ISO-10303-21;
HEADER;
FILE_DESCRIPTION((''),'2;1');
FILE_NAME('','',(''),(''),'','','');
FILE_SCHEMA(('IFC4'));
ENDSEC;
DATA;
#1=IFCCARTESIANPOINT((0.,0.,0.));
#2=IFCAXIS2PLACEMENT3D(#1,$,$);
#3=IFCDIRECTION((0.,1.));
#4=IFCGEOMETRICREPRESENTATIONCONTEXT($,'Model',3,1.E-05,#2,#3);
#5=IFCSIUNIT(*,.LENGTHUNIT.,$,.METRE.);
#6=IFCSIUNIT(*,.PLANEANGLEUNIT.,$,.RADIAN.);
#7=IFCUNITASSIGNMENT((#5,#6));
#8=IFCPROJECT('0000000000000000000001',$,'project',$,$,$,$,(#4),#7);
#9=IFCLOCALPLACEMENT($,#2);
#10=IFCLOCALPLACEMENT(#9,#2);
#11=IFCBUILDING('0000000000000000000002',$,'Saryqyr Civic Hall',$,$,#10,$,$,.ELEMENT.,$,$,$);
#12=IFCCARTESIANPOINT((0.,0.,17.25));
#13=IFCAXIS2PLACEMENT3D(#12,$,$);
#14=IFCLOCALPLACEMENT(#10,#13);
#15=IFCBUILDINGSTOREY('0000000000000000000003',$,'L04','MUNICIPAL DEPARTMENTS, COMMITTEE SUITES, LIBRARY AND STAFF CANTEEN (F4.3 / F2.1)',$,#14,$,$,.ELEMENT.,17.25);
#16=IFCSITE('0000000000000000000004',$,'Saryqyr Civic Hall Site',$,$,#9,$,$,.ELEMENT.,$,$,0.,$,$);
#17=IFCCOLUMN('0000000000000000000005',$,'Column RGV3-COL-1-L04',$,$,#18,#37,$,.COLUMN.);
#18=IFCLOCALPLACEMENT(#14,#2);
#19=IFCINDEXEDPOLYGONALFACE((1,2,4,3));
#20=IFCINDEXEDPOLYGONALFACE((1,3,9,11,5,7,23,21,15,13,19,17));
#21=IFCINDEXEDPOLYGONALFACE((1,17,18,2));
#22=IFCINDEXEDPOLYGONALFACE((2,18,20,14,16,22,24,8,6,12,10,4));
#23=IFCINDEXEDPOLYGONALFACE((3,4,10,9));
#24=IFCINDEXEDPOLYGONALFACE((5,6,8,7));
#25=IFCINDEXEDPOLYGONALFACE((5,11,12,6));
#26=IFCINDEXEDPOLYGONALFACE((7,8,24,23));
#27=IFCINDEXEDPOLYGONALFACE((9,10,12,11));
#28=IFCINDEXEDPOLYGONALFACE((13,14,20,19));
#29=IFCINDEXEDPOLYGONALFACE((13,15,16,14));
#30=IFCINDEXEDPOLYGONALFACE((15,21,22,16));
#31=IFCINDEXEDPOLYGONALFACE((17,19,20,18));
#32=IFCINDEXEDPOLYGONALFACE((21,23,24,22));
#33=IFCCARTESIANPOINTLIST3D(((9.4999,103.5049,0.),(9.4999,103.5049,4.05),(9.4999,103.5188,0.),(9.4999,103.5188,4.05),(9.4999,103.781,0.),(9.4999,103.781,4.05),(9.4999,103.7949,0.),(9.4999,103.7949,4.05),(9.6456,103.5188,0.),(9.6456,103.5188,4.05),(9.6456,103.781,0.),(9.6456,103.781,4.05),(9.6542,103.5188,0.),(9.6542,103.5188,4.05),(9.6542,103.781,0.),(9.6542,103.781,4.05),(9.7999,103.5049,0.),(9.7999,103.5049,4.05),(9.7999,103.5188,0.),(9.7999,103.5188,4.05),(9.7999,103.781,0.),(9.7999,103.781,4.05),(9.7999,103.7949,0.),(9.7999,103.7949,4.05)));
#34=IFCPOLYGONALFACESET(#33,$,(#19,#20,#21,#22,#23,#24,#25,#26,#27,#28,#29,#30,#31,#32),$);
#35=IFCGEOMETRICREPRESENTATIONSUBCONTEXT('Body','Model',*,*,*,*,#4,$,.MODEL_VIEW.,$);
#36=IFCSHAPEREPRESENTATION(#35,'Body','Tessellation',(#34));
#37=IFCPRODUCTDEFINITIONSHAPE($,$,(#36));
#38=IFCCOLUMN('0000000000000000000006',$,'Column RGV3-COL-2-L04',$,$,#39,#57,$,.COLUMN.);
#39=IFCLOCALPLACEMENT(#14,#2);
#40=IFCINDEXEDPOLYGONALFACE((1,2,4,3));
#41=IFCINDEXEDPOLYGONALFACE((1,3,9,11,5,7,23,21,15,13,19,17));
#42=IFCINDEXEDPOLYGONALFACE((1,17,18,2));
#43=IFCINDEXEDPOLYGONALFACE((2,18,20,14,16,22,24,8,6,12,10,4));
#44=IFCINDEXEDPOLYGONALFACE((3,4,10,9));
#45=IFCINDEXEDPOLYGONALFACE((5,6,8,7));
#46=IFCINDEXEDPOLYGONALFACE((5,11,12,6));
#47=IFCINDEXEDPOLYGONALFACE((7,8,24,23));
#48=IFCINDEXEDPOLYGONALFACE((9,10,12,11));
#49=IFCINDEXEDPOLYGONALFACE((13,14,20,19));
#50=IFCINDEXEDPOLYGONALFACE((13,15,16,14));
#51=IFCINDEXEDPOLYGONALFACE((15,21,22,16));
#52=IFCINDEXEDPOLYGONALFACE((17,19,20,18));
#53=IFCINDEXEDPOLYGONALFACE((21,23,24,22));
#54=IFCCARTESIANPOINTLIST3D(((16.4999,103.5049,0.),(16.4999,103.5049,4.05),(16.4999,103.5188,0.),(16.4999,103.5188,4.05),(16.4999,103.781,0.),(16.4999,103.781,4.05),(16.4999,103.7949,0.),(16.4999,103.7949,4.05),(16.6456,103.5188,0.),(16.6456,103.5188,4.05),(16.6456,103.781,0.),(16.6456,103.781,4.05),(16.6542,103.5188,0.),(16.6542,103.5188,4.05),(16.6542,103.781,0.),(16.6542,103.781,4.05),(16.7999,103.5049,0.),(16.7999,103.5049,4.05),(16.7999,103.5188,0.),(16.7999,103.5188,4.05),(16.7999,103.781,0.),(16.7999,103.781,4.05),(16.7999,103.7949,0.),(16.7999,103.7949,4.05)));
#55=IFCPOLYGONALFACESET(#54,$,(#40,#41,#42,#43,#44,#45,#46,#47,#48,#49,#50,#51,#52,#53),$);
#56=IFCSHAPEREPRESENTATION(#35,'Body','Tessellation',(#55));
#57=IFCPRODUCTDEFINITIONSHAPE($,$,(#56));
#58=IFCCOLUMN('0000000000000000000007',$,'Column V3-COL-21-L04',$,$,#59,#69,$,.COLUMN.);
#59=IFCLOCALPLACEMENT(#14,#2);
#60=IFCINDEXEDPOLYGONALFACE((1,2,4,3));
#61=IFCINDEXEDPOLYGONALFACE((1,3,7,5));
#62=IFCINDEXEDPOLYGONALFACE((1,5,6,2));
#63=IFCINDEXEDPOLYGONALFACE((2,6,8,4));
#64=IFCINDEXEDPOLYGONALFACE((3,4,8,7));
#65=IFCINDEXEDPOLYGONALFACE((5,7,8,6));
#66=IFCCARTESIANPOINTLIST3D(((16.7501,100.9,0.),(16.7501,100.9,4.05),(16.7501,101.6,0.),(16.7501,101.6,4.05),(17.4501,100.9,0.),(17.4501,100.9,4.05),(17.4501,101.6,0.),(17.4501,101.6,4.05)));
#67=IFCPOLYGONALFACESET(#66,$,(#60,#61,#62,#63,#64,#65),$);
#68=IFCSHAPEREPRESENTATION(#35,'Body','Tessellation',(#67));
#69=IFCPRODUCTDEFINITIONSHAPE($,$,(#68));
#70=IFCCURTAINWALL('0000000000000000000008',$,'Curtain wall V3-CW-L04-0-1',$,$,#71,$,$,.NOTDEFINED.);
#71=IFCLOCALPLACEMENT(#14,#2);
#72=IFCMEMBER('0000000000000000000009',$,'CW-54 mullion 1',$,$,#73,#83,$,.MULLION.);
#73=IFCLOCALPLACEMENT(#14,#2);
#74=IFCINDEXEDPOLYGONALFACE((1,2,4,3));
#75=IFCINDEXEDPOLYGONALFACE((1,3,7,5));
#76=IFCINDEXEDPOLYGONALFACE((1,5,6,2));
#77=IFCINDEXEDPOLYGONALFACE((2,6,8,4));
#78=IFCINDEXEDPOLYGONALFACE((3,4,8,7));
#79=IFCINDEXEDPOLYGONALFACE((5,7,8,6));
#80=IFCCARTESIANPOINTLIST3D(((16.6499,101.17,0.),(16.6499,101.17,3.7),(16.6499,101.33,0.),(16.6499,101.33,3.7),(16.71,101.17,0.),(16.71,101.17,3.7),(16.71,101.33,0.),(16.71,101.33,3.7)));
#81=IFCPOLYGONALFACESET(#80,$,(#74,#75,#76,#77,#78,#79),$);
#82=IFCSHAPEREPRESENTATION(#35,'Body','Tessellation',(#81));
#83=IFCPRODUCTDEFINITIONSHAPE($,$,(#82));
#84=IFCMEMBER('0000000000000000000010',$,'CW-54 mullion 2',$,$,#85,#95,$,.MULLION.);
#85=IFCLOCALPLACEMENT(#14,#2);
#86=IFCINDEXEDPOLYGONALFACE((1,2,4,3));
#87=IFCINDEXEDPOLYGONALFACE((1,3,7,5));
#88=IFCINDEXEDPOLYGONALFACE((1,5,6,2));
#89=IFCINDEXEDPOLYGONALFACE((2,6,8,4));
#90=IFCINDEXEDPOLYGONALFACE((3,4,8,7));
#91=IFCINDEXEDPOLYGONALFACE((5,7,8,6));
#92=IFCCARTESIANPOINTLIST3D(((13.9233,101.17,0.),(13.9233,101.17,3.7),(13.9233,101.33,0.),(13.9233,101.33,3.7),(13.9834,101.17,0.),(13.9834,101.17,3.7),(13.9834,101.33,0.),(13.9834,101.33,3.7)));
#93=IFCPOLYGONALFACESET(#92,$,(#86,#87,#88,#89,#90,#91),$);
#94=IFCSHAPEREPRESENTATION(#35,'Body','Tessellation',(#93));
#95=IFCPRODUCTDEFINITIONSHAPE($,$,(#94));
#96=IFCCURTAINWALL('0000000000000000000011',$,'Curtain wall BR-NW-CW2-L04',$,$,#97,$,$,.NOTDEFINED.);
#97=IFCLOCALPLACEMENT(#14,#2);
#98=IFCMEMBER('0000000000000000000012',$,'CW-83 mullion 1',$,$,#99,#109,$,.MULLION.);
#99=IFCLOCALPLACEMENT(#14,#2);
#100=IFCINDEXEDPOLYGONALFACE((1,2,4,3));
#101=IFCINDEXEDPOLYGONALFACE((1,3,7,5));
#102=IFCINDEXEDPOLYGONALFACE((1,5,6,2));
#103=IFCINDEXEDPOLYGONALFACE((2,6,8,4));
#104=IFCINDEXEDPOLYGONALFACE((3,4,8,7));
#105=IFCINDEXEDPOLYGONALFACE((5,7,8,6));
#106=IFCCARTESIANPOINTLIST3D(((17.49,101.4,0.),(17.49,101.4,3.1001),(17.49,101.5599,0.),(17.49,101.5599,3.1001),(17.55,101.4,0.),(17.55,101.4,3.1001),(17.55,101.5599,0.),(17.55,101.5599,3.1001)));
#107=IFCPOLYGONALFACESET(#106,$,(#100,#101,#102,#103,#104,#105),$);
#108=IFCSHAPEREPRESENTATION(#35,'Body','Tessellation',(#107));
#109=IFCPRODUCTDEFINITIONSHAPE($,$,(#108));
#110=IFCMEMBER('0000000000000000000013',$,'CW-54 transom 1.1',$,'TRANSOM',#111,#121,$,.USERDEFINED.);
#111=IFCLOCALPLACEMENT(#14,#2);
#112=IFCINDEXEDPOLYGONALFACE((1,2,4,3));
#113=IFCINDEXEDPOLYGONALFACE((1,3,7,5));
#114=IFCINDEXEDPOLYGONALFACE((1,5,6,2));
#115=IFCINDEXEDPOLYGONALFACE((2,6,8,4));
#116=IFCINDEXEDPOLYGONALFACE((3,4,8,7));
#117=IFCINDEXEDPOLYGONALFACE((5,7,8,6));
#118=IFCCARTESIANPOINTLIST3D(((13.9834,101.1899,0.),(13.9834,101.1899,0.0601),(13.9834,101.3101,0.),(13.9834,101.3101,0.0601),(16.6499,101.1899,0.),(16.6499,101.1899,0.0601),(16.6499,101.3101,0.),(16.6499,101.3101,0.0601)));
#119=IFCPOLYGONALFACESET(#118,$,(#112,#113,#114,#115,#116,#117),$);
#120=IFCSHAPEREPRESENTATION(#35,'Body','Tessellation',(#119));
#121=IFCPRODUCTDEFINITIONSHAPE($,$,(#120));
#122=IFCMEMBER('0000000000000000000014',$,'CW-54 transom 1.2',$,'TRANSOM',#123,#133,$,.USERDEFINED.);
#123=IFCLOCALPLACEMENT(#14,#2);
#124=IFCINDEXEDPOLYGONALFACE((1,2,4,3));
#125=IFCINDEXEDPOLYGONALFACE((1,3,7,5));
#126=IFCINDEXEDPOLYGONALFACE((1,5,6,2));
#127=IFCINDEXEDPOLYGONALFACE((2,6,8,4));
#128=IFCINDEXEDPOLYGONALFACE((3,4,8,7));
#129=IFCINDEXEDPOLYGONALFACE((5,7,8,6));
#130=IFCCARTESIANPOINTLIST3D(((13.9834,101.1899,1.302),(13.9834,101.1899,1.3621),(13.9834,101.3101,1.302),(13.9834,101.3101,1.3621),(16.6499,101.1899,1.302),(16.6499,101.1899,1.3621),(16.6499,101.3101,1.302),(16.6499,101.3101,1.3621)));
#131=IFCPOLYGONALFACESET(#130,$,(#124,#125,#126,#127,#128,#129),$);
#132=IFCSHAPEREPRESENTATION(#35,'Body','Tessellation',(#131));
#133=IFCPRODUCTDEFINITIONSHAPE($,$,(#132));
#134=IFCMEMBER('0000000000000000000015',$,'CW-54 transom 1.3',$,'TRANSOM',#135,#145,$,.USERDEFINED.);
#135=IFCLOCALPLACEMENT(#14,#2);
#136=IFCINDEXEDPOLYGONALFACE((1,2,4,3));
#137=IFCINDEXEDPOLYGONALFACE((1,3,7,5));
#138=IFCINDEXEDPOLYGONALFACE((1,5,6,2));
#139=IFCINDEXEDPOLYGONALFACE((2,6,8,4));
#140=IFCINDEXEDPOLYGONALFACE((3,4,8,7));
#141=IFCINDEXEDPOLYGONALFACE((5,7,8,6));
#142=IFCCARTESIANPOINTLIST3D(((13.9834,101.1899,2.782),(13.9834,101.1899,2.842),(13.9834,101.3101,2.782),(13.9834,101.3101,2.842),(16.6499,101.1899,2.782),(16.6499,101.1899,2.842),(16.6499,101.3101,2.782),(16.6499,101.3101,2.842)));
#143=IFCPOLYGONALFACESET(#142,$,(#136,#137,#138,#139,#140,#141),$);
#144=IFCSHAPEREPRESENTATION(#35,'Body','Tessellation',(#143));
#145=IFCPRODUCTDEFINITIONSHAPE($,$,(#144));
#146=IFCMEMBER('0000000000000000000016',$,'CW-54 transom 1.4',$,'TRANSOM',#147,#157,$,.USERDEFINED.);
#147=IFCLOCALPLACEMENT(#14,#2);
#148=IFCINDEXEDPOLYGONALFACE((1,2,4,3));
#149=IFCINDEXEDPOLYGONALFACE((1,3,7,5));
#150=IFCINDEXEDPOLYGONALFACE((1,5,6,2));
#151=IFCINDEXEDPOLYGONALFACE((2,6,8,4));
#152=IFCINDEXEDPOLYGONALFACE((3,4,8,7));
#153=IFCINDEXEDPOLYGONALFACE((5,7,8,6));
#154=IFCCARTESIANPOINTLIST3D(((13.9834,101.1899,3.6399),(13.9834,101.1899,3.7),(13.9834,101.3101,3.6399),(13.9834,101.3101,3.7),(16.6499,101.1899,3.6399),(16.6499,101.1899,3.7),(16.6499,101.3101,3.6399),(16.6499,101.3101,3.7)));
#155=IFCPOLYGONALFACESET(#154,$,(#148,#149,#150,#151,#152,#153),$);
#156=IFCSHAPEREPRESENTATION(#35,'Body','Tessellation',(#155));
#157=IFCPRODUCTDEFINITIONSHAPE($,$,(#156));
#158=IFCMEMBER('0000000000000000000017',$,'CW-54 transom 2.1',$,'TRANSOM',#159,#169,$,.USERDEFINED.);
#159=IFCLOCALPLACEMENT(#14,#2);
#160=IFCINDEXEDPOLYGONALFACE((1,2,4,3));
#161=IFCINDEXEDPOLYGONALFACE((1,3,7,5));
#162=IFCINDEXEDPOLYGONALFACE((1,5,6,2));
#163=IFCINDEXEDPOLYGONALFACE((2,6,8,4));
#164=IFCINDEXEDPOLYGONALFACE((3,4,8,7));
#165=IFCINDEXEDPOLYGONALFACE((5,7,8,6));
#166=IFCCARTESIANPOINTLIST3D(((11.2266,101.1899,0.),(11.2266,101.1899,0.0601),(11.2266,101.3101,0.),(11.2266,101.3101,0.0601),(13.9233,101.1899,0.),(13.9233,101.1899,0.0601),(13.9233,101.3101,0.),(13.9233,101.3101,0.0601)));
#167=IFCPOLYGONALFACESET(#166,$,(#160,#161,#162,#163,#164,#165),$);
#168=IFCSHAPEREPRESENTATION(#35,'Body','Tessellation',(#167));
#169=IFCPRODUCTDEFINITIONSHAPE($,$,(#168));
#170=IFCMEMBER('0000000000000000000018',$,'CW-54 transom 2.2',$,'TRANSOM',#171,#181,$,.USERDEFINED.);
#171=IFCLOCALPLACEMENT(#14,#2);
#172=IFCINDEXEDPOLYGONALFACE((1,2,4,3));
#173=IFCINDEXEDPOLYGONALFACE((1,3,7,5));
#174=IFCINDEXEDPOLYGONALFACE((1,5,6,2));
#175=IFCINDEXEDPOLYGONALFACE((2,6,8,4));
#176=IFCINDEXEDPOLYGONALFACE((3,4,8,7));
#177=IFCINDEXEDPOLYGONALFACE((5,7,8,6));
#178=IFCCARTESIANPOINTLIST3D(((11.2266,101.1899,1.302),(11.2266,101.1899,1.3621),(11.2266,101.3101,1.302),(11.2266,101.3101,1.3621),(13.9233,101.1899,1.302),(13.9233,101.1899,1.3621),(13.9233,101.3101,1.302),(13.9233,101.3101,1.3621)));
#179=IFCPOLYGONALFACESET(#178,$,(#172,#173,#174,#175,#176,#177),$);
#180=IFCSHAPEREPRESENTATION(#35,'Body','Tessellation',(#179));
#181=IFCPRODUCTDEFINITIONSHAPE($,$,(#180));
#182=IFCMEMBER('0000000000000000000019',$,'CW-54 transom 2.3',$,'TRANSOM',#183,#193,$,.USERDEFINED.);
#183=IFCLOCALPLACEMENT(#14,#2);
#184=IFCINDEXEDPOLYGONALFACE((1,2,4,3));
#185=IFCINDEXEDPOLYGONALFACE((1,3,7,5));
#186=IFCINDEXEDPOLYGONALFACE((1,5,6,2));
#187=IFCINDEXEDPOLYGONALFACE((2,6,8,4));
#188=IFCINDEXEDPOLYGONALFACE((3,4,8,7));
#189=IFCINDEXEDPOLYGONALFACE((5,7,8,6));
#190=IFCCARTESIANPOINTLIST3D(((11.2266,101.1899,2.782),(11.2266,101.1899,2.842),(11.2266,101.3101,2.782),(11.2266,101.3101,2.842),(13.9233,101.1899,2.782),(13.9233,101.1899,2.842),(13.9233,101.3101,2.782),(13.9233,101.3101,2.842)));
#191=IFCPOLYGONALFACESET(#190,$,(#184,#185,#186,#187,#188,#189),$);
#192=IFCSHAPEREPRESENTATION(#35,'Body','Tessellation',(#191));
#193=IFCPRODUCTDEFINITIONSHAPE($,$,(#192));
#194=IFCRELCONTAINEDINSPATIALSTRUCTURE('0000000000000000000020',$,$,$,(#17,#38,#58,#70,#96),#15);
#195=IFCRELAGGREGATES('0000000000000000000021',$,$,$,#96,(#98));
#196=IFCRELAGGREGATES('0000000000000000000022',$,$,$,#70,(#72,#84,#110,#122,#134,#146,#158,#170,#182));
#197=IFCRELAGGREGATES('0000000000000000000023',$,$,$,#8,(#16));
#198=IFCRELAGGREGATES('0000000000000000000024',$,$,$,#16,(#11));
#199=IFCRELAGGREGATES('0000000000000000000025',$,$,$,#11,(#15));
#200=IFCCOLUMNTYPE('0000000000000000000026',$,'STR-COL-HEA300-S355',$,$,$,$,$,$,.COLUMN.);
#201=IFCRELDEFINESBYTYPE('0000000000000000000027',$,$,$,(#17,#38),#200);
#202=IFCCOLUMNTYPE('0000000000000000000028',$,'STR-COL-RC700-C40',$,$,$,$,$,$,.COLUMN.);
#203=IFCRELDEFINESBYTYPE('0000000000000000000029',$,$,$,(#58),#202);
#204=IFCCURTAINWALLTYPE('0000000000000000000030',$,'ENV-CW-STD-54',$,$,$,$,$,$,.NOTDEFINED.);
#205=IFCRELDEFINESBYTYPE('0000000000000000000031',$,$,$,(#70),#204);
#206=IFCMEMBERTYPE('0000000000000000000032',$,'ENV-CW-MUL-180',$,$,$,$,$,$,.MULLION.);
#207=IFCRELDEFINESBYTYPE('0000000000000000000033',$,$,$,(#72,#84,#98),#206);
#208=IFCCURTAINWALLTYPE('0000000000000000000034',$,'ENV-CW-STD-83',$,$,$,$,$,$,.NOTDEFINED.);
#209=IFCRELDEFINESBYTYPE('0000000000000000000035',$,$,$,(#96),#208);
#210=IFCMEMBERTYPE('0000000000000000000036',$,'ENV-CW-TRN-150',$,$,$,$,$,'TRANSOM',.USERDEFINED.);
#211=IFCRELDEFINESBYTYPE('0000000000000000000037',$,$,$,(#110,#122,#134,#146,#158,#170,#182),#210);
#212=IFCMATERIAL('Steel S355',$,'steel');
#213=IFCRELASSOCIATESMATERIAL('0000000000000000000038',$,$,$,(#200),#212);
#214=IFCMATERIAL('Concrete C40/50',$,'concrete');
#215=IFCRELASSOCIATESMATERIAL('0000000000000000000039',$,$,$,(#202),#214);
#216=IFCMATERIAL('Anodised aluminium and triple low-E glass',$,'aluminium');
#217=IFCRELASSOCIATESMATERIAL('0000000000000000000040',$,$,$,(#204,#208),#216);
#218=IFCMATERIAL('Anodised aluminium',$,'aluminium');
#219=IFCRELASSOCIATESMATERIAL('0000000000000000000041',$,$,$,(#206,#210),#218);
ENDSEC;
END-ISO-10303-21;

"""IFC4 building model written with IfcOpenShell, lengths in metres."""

from ifc_helpers import new_model, si_unit, direction, frame, origin, origin_2d, place, context, subcontext, project, spatial, rectangle, i_section, extrude, material, material_profile, profile_set, type_object, element, aggregate, save


model = new_model("IFC4")

# Units and contexts
model_context = context("Model", 3, precision=1e-05, world=origin(), true_north=direction((0.0, 1.0)))
body_context = subcontext(model_context, "Body", "Model", "MODEL_VIEW")
ifc_project = project(units=[si_unit("LENGTHUNIT", "METRE"), si_unit("PLANEANGLEUNIT", "RADIAN")], contexts=[model_context])

# Site, building, storey
site_placement = place(None, origin())
site = spatial("IfcSite", under=ifc_project, at=site_placement, Name="Saryqyr Civic Hall Site", CompositionType="ELEMENT", RefElevation=0.0)
building_placement = place(site_placement, origin())
building = spatial("IfcBuilding", under=site, at=building_placement, Name="Saryqyr Civic Hall", CompositionType="ELEMENT")
storey_placement = place(building_placement, frame((0.0, 0.0, 17.25)))
storey = spatial("IfcBuildingStorey", under=building, at=storey_placement, Name="L04", Description="MUNICIPAL DEPARTMENTS, COMMITTEE SUITES, LIBRARY AND STAFF CANTEEN (F4.3 / F2.1)", CompositionType="ELEMENT", Elevation=17.25)

# Columns
ifc_material_1 = material(Name="Steel S355", Category="steel")
ifc_material_profile_1 = material_profile(ifc_material_1, i_section(OverallWidth=0.3, OverallDepth=0.29, WebThickness=0.0085, FlangeThickness=0.0139, at=origin_2d()), Name="HEA 300")
ifc_profile_set_1 = profile_set([ifc_material_profile_1], Name="Steel S355")
column_type_1 = type_object("IfcColumnType", Name="STR-COL-HEA300-S355", PredefinedType="COLUMN", material=ifc_profile_set_1)
for number, where, z_axis, x_axis, name in (
    (1, (9.6499, 103.6499, 0.0), (0.0, 0.0, 1.0), (1.0, 0.0, 0.0), "Column RGV3-COL-1-L04"),
    (2, (16.6499, 103.6499, 0.0), (0.0, 0.0, 1.0), (1.0, 0.0, 0.0), "Column RGV3-COL-2-L04"),
):
    element("IfcColumn", number, at=place(storey_placement, frame(where, z_axis=z_axis, x_axis=x_axis)), inside=storey, type_object=column_type_1, Name=name, PredefinedType="COLUMN", context=body_context, shape_type="SweptSolid", body=[
        extrude(i_section(OverallWidth=0.3, OverallDepth=0.29, WebThickness=0.0085, FlangeThickness=0.0139, at=origin_2d()), origin(), (0.0, 0.0, 1.0), 4.05),
    ])
ifc_material_2 = material(Name="Concrete C40/50", Category="concrete")
ifc_material_profile_2 = material_profile(ifc_material_2, rectangle(XDim=0.7, YDim=0.7, at=origin_2d()), Name="RC 700x700")
ifc_profile_set_2 = profile_set([ifc_material_profile_2], Name="Concrete C40/50")
column_type_2 = type_object("IfcColumnType", Name="STR-COL-RC700-C40", PredefinedType="COLUMN", material=ifc_profile_set_2)
column_placement = place(storey_placement, frame((17.1001, 101.25, 0.0), z_axis=(0.0, 0.0, 1.0), x_axis=(1.0, 0.0, 0.0)))
element("IfcColumn", 3, at=column_placement, inside=storey, type_object=column_type_2, Name="Column V3-COL-21-L04", PredefinedType="COLUMN", context=body_context, shape_type="SweptSolid", body=[
    extrude(rectangle(XDim=0.7, YDim=0.7, at=origin_2d()), origin(), (0.0, 0.0, 1.0), 4.05),
])

# Curtain wall, members
ifc_material_3 = material(Name="Anodised aluminium and triple low-E glass", Category="aluminium")
curtain_wall_type_1 = type_object("IfcCurtainWallType", Name="ENV-CW-STD-54", PredefinedType="NOTDEFINED", material=ifc_material_3)
curtain_wall_1_placement = place(storey_placement, origin())
curtain_wall_1 = element("IfcCurtainWall", 4, at=curtain_wall_1_placement, inside=storey, type_object=curtain_wall_type_1, Name="Curtain wall V3-CW-L04-0-1", PredefinedType="NOTDEFINED")
ifc_material_4 = material(Name="Anodised aluminium", Category="aluminium")
ifc_material_profile_3 = material_profile(ifc_material_4, rectangle(XDim=0.0601, YDim=0.1599, at=origin_2d()), Name="ALU MULLION 60x160")
ifc_profile_set_3 = profile_set([ifc_material_profile_3], Name="Anodised aluminium")
member_type_1 = type_object("IfcMemberType", Name="ENV-CW-MUL-180", PredefinedType="MULLION", material=ifc_profile_set_3)
member_1_placement = place(storey_placement, frame((16.6799, 101.25, 0.0), z_axis=(0.0, 0.0, 1.0), x_axis=(-1.0, 0.0, 0.0)))
member_1 = element("IfcMember", 5, at=member_1_placement, type_object=member_type_1, Name="CW-54 mullion 1", PredefinedType="MULLION", context=body_context, shape_type="SweptSolid", body=[
    extrude(rectangle(XDim=0.0601, YDim=0.1599, at=origin_2d()), origin(), (0.0, 0.0, 1.0), 3.7),
])
member_2_placement = place(storey_placement, frame((13.9534, 101.25, 0.0), z_axis=(0.0, 0.0, 1.0), x_axis=(-1.0, 0.0, 0.0)))
member_2 = element("IfcMember", 6, at=member_2_placement, type_object=member_type_1, Name="CW-54 mullion 2", PredefinedType="MULLION", context=body_context, shape_type="SweptSolid", body=[
    extrude(rectangle(XDim=0.0601, YDim=0.1599, at=origin_2d()), origin(), (0.0, 0.0, 1.0), 3.7),
])

# Curtain wall, member
curtain_wall_type_2 = type_object("IfcCurtainWallType", Name="ENV-CW-STD-83", PredefinedType="NOTDEFINED", material=ifc_material_3)
curtain_wall_2_placement = place(storey_placement, origin())
curtain_wall_2 = element("IfcCurtainWall", 7, at=curtain_wall_2_placement, inside=storey, type_object=curtain_wall_type_2, Name="Curtain wall BR-NW-CW2-L04", PredefinedType="NOTDEFINED")
member_3_placement = place(storey_placement, frame((17.52, 101.48, 0.0), z_axis=(0.0, 0.0, 1.0), x_axis=(1.0, 0.0, 0.0)))
member_3 = element("IfcMember", 8, at=member_3_placement, type_object=member_type_1, Name="CW-83 mullion 1", PredefinedType="MULLION", context=body_context, shape_type="SweptSolid", body=[
    extrude(rectangle(XDim=0.0601, YDim=0.1599, at=origin_2d()), origin(), (0.0, 0.0, 1.0), 3.1001),
])

# Members
ifc_material_profile_4 = material_profile(ifc_material_4, rectangle(XDim=0.1201, YDim=0.0601, at=origin_2d()), Name="ALU TRANSOM 120x60")
ifc_profile_set_4 = profile_set([ifc_material_profile_4], Name="Anodised aluminium")
member_type_2 = type_object("IfcMemberType", Name="ENV-CW-TRN-150", ElementType="TRANSOM", PredefinedType="USERDEFINED", material=ifc_profile_set_4)
member_4_placement = place(storey_placement, frame((16.6499, 101.25, 0.03), z_axis=(-1.0, 0.0, 0.0), x_axis=(0.0, -1.0, 0.0)))
member_4 = element("IfcMember", 9, at=member_4_placement, type_object=member_type_2, Name="CW-54 transom 1.1", ObjectType="TRANSOM", PredefinedType="USERDEFINED", context=body_context, shape_type="SweptSolid", body=[
    extrude(rectangle(XDim=0.1201, YDim=0.0601, at=origin_2d()), origin(), (0.0, 0.0, 1.0), 2.6665),
])
member_5_placement = place(storey_placement, frame((16.6499, 101.25, 1.332), z_axis=(-1.0, 0.0, 0.0), x_axis=(0.0, -1.0, 0.0)))
member_5 = element("IfcMember", 10, at=member_5_placement, type_object=member_type_2, Name="CW-54 transom 1.2", ObjectType="TRANSOM", PredefinedType="USERDEFINED", context=body_context, shape_type="SweptSolid", body=[
    extrude(rectangle(XDim=0.1201, YDim=0.0601, at=origin_2d()), origin(), (0.0, 0.0, 1.0), 2.6665),
])
member_6_placement = place(storey_placement, frame((16.6499, 101.25, 2.812), z_axis=(-1.0, 0.0, 0.0), x_axis=(0.0, -1.0, 0.0)))
member_6 = element("IfcMember", 11, at=member_6_placement, type_object=member_type_2, Name="CW-54 transom 1.3", ObjectType="TRANSOM", PredefinedType="USERDEFINED", context=body_context, shape_type="SweptSolid", body=[
    extrude(rectangle(XDim=0.1201, YDim=0.0601, at=origin_2d()), origin(), (0.0, 0.0, 1.0), 2.6665),
])
member_7_placement = place(storey_placement, frame((16.6499, 101.25, 3.6699), z_axis=(-1.0, 0.0, 0.0), x_axis=(0.0, -1.0, 0.0)))
member_7 = element("IfcMember", 12, at=member_7_placement, type_object=member_type_2, Name="CW-54 transom 1.4", ObjectType="TRANSOM", PredefinedType="USERDEFINED", context=body_context, shape_type="SweptSolid", body=[
    extrude(rectangle(XDim=0.1201, YDim=0.0601, at=origin_2d()), origin(), (0.0, 0.0, 1.0), 2.6665),
])
member_8_placement = place(storey_placement, frame((13.9233, 101.25, 0.03), z_axis=(-1.0, 0.0, 0.0), x_axis=(0.0, -1.0, 0.0)))
member_8 = element("IfcMember", 13, at=member_8_placement, type_object=member_type_2, Name="CW-54 transom 2.1", ObjectType="TRANSOM", PredefinedType="USERDEFINED", context=body_context, shape_type="SweptSolid", body=[
    extrude(rectangle(XDim=0.1201, YDim=0.0601, at=origin_2d()), origin(), (0.0, 0.0, 1.0), 2.6968),
])
member_9_placement = place(storey_placement, frame((13.9233, 101.25, 1.332), z_axis=(-1.0, 0.0, 0.0), x_axis=(0.0, -1.0, 0.0)))
member_9 = element("IfcMember", 14, at=member_9_placement, type_object=member_type_2, Name="CW-54 transom 2.2", ObjectType="TRANSOM", PredefinedType="USERDEFINED", context=body_context, shape_type="SweptSolid", body=[
    extrude(rectangle(XDim=0.1201, YDim=0.0601, at=origin_2d()), origin(), (0.0, 0.0, 1.0), 2.6968),
])
member_10_placement = place(storey_placement, frame((13.9233, 101.25, 2.812), z_axis=(-1.0, 0.0, 0.0), x_axis=(0.0, -1.0, 0.0)))
member_10 = element("IfcMember", 15, at=member_10_placement, type_object=member_type_2, Name="CW-54 transom 2.3", ObjectType="TRANSOM", PredefinedType="USERDEFINED", context=body_context, shape_type="SweptSolid", body=[
    extrude(rectangle(XDim=0.1201, YDim=0.0601, at=origin_2d()), origin(), (0.0, 0.0, 1.0), 2.6968),
])
aggregate(curtain_wall_2, [member_3])

aggregate(curtain_wall_1, [member_1, member_2, member_4, member_5, member_6, member_7, member_8, member_9, member_10])

save(model, "model.ifc")
